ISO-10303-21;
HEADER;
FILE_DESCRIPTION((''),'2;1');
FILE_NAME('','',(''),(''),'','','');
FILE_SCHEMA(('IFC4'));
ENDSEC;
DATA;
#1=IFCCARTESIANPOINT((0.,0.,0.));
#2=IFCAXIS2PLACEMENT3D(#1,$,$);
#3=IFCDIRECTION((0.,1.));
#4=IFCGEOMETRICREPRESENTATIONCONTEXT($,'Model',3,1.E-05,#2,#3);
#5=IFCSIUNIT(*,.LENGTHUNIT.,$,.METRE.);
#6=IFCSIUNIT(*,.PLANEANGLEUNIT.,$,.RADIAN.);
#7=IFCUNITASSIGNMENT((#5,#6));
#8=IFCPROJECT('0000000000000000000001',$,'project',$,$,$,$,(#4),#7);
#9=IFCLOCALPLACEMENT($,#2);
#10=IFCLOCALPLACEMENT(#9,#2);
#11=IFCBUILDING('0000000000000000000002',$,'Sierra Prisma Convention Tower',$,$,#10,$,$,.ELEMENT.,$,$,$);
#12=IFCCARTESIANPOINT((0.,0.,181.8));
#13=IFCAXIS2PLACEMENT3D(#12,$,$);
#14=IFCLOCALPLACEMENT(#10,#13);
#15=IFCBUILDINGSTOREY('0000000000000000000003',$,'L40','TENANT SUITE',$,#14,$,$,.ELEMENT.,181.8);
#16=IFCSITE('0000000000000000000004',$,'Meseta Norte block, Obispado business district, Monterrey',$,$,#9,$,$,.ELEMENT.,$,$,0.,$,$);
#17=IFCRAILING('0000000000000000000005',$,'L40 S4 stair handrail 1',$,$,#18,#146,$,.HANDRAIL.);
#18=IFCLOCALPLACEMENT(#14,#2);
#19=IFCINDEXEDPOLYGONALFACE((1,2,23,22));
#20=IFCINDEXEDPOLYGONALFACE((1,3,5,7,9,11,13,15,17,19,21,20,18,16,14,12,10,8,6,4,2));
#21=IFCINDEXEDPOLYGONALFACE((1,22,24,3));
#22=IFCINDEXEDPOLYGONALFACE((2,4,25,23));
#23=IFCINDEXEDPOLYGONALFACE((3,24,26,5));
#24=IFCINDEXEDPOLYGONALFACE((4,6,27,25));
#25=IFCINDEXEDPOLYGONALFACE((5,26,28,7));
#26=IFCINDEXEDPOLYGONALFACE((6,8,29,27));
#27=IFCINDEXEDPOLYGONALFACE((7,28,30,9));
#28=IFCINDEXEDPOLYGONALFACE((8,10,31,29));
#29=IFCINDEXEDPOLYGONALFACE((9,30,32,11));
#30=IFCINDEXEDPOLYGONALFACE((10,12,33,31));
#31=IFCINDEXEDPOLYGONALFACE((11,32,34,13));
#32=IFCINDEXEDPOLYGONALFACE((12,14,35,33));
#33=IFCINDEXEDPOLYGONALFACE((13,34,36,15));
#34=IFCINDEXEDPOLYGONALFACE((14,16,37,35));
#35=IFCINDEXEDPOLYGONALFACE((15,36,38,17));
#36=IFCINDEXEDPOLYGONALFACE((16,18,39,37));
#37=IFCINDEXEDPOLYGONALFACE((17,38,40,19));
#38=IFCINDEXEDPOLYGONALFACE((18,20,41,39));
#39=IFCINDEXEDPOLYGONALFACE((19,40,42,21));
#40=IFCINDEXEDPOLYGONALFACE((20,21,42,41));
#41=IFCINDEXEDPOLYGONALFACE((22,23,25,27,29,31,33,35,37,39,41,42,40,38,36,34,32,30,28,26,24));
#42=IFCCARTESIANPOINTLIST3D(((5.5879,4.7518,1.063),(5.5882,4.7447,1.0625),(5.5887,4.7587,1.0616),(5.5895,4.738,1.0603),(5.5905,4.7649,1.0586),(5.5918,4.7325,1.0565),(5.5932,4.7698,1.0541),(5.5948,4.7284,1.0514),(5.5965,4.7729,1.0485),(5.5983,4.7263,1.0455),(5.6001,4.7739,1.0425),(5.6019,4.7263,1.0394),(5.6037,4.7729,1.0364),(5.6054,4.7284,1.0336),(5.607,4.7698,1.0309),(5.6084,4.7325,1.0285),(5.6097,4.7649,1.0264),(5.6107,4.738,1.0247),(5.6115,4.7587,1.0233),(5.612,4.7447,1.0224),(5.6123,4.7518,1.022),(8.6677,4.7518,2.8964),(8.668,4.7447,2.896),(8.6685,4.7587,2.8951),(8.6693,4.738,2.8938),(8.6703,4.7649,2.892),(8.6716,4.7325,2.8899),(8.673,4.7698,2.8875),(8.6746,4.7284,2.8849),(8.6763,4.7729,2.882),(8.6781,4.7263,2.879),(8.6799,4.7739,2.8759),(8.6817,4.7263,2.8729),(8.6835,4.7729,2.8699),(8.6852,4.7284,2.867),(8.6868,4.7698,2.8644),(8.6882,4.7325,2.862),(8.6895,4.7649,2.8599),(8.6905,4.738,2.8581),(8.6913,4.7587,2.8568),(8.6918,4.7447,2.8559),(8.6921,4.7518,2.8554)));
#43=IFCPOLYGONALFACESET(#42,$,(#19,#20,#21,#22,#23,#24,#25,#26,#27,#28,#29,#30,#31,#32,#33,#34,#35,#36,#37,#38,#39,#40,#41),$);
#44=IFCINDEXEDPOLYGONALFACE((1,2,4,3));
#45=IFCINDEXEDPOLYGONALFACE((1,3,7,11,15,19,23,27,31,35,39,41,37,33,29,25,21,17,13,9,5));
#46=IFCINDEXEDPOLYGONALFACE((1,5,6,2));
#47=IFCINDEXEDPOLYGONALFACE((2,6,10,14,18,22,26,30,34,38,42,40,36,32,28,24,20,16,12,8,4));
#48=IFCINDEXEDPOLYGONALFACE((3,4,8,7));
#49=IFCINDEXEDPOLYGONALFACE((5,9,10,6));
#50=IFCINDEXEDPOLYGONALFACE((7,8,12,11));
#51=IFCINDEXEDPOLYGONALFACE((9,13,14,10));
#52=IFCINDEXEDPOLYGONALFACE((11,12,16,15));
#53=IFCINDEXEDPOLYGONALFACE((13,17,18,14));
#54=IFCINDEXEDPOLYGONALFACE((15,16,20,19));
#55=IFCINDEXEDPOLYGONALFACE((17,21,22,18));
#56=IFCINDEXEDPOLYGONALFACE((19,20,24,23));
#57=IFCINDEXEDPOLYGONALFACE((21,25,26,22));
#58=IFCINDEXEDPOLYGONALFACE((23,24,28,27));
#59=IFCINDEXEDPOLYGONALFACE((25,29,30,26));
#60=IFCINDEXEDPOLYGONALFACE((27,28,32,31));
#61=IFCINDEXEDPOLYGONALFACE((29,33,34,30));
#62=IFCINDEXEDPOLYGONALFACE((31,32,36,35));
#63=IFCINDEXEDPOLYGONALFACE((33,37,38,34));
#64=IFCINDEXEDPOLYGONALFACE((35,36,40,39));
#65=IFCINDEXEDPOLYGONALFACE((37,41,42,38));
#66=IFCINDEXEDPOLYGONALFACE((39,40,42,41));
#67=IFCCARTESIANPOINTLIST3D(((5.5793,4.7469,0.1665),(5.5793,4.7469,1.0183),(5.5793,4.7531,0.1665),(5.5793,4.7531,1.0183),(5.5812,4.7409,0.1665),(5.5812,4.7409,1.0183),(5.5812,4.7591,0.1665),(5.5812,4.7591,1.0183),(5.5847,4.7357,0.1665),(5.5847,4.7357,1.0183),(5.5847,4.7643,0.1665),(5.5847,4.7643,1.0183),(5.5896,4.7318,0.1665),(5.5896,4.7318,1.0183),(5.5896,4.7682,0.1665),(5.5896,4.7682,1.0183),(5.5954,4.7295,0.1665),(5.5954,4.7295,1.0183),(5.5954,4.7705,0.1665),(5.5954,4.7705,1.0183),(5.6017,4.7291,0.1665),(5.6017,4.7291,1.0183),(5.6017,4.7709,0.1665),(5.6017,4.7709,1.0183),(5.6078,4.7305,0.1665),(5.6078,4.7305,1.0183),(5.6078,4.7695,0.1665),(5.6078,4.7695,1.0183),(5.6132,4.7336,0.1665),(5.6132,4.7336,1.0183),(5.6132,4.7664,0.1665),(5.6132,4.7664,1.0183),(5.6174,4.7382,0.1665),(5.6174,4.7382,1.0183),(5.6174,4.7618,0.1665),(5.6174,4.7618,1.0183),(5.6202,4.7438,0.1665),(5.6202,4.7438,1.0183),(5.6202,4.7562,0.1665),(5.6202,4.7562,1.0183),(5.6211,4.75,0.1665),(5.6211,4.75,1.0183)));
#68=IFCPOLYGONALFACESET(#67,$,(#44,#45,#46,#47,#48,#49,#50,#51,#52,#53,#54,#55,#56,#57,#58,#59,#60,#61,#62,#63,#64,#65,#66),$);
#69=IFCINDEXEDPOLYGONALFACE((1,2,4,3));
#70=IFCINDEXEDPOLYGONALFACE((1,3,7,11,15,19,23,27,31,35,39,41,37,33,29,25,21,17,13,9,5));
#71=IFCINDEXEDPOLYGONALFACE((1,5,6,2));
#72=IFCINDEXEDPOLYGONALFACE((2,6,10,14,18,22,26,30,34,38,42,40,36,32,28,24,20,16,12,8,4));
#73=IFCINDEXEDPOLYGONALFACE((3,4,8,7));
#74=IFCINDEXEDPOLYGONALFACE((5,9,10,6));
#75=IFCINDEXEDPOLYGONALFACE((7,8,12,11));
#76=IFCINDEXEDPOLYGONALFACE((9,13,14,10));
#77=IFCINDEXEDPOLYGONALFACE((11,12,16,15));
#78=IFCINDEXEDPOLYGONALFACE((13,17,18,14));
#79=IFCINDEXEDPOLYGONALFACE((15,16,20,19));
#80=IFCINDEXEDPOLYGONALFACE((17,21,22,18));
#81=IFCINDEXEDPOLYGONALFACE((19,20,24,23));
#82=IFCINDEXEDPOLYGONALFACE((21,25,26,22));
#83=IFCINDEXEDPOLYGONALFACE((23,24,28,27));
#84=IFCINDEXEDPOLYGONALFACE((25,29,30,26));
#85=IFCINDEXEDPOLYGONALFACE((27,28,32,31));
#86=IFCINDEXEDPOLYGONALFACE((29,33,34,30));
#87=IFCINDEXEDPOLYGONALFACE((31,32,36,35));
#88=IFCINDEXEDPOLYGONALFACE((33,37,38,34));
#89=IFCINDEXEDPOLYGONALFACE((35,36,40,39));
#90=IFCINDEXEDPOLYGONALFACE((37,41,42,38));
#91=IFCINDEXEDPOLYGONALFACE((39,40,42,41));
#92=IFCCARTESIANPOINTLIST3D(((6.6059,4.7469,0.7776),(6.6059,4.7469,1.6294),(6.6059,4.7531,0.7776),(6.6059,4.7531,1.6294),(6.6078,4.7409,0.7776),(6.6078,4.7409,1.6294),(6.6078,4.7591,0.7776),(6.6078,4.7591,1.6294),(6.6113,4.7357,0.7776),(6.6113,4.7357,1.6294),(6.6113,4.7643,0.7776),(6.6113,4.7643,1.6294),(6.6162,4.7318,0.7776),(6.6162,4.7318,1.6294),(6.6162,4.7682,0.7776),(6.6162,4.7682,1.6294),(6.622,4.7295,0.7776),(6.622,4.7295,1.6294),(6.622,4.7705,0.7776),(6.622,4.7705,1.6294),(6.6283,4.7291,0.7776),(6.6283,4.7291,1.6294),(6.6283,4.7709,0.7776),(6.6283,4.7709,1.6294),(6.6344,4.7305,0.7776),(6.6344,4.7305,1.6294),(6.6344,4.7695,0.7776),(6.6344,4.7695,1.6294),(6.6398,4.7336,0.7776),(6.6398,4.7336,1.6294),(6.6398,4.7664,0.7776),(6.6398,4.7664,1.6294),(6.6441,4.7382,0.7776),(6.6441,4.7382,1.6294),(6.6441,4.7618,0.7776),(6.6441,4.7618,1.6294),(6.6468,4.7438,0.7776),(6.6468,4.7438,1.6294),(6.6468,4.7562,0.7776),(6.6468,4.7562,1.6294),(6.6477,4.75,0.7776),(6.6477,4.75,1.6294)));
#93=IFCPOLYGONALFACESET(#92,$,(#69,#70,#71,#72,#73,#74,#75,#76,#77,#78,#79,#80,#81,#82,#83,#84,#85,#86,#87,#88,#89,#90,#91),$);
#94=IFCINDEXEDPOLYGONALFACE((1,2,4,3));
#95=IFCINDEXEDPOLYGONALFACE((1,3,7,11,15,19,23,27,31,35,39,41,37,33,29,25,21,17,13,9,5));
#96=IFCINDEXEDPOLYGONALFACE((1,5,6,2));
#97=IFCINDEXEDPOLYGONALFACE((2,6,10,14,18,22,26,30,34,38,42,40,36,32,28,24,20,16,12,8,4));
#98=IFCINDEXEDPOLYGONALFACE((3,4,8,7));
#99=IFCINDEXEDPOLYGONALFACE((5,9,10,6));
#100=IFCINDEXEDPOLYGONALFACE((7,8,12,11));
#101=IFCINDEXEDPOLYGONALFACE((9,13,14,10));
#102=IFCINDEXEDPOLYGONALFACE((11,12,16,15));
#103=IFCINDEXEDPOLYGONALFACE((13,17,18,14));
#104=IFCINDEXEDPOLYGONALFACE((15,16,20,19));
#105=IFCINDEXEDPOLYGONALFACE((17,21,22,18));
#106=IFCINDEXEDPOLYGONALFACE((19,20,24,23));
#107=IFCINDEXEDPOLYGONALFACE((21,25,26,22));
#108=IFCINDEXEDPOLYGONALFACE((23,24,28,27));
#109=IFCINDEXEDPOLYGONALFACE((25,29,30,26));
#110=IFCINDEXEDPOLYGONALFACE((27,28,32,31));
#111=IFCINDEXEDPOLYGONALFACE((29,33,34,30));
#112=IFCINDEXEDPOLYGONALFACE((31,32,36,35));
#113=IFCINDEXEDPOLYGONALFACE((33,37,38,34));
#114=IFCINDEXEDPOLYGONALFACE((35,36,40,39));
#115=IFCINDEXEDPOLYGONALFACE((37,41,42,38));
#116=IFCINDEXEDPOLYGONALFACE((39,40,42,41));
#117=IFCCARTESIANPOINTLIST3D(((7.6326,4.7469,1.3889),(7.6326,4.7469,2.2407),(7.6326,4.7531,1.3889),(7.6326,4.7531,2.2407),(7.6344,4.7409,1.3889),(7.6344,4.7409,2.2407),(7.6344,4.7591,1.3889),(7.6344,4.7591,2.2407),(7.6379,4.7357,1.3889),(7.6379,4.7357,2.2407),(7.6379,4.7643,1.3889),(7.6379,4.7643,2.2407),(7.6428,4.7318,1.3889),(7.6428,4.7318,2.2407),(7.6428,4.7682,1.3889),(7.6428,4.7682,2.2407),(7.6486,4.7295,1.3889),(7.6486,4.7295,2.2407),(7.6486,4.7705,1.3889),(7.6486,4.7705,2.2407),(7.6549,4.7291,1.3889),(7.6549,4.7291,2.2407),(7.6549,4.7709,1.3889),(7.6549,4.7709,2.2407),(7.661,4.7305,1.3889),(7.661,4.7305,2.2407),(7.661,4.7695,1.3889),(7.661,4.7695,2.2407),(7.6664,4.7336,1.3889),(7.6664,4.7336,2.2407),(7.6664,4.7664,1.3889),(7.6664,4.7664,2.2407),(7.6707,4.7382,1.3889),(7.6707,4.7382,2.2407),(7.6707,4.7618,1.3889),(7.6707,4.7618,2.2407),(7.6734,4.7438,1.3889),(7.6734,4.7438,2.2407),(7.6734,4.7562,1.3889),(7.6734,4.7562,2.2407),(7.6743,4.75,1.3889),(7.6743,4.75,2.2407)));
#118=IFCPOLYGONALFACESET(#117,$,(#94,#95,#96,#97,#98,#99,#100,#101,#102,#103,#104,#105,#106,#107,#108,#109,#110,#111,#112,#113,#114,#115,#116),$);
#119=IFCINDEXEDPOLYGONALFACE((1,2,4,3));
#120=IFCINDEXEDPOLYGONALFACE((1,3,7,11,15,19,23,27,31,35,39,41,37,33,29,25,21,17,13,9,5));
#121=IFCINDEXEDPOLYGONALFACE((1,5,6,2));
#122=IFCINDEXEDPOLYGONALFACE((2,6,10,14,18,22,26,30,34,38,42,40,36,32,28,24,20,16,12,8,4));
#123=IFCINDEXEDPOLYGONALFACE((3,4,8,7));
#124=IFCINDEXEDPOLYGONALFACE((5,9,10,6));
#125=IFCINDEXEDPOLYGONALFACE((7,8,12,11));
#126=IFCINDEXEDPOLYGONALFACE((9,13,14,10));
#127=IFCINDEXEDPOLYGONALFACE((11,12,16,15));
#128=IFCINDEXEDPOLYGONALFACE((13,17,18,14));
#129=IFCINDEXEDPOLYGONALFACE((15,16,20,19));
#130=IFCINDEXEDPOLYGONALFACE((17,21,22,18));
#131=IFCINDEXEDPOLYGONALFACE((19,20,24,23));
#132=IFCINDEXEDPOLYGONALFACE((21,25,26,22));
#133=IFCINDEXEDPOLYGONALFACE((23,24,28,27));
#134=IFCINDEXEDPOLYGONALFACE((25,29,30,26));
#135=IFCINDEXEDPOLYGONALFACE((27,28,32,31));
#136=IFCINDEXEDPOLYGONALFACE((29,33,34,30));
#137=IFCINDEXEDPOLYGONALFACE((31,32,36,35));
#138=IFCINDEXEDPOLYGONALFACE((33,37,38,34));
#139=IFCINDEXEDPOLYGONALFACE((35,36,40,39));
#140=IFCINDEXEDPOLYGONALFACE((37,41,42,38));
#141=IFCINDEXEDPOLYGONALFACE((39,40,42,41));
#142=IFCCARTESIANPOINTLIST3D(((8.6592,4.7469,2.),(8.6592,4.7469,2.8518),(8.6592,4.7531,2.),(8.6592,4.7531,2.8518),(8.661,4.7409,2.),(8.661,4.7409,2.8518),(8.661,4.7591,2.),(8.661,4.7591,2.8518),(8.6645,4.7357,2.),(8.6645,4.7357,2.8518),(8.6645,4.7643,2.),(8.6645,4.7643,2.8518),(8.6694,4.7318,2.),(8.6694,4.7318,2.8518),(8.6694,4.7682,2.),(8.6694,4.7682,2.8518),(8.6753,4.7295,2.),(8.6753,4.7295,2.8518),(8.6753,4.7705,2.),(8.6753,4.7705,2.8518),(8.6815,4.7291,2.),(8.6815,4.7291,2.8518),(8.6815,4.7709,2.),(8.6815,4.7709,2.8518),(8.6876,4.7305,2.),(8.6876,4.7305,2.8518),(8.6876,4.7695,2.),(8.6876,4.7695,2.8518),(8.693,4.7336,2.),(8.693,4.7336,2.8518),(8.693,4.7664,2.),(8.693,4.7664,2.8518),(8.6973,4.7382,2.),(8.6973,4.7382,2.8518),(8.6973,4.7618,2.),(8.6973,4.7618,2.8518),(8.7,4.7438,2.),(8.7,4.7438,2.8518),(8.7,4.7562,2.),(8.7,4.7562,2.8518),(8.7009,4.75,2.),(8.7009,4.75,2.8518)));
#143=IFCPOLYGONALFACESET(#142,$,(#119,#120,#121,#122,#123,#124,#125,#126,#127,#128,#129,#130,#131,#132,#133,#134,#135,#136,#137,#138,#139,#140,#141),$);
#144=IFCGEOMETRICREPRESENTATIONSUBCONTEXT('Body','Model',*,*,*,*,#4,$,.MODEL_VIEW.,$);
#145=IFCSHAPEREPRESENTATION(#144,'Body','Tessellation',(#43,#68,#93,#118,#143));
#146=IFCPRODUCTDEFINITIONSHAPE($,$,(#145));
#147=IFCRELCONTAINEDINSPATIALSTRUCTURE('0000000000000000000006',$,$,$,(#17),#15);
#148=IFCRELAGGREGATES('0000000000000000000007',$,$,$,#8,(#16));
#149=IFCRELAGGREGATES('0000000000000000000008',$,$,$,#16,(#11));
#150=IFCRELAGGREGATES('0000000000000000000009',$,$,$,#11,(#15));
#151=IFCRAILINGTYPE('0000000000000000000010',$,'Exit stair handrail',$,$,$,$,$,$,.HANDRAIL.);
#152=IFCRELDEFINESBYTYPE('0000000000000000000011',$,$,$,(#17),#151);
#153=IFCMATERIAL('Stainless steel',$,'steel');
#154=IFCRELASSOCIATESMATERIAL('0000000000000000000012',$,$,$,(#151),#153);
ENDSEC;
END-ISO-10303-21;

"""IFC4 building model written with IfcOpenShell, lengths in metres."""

from ifc_helpers import new_model, si_unit, direction, frame, origin, origin_2d, place, context, subcontext, project, spatial, circle, extrude, material, type_object, element, save


model = new_model("IFC4")

# Units and contexts
model_context = context("Model", 3, precision=1e-05, world=origin(), true_north=direction((0.0, 1.0)))
body_context = subcontext(model_context, "Body", "Model", "MODEL_VIEW")
ifc_project = project(units=[si_unit("LENGTHUNIT", "METRE"), si_unit("PLANEANGLEUNIT", "RADIAN")], contexts=[model_context])

# Site, building, storey
site_placement = place(None, origin())
site = spatial("IfcSite", under=ifc_project, at=site_placement, Name="Meseta Norte block, Obispado business district, Monterrey", CompositionType="ELEMENT", RefElevation=0.0)
building_placement = place(site_placement, origin())
building = spatial("IfcBuilding", under=site, at=building_placement, Name="Sierra Prisma Convention Tower", CompositionType="ELEMENT")
storey_placement = place(building_placement, frame((0.0, 0.0, 181.8)))
storey = spatial("IfcBuildingStorey", under=building, at=storey_placement, Name="L40", Description="TENANT SUITE", CompositionType="ELEMENT", Elevation=181.8)

# Railing
ifc_material_1 = material(Name="Stainless steel", Category="steel")
railing_type_1 = type_object("IfcRailingType", Name="Exit stair handrail", PredefinedType="HANDRAIL", material=ifc_material_1)
railing_1_placement = place(storey_placement, frame((5.6001, 4.75, 0.1665)))
element("IfcRailing", 1, at=railing_1_placement, inside=storey, type_object=railing_type_1, Name="L40 S4 stair handrail 1", PredefinedType="HANDRAIL", context=body_context, shape_type="SweptSolid", body=[
    extrude(circle(Radius=0.0239, at=origin_2d()), frame((0.0, 0.0, 0.876), z_axis=(0.859261, 0.0, 0.511538), x_axis=(0.0, 1.0, 0.0)), (0.0, 0.0, 1.0), 3.5842),
    extrude(circle(Radius=0.021, at=origin_2d()), origin(), (0.0, 0.0, 1.0), 0.8518),
    extrude(circle(Radius=0.021, at=origin_2d()), frame((1.0266, 0.0, 0.6111)), (0.0, 0.0, 1.0), 0.8518),
    extrude(circle(Radius=0.021, at=origin_2d()), frame((2.0532, 0.0, 1.2224)), (0.0, 0.0, 1.0), 0.8518),
    extrude(circle(Radius=0.021, at=origin_2d()), frame((3.0798, 0.0, 1.8335)), (0.0, 0.0, 1.0), 0.8518),
])

save(model, "model.ifc")
